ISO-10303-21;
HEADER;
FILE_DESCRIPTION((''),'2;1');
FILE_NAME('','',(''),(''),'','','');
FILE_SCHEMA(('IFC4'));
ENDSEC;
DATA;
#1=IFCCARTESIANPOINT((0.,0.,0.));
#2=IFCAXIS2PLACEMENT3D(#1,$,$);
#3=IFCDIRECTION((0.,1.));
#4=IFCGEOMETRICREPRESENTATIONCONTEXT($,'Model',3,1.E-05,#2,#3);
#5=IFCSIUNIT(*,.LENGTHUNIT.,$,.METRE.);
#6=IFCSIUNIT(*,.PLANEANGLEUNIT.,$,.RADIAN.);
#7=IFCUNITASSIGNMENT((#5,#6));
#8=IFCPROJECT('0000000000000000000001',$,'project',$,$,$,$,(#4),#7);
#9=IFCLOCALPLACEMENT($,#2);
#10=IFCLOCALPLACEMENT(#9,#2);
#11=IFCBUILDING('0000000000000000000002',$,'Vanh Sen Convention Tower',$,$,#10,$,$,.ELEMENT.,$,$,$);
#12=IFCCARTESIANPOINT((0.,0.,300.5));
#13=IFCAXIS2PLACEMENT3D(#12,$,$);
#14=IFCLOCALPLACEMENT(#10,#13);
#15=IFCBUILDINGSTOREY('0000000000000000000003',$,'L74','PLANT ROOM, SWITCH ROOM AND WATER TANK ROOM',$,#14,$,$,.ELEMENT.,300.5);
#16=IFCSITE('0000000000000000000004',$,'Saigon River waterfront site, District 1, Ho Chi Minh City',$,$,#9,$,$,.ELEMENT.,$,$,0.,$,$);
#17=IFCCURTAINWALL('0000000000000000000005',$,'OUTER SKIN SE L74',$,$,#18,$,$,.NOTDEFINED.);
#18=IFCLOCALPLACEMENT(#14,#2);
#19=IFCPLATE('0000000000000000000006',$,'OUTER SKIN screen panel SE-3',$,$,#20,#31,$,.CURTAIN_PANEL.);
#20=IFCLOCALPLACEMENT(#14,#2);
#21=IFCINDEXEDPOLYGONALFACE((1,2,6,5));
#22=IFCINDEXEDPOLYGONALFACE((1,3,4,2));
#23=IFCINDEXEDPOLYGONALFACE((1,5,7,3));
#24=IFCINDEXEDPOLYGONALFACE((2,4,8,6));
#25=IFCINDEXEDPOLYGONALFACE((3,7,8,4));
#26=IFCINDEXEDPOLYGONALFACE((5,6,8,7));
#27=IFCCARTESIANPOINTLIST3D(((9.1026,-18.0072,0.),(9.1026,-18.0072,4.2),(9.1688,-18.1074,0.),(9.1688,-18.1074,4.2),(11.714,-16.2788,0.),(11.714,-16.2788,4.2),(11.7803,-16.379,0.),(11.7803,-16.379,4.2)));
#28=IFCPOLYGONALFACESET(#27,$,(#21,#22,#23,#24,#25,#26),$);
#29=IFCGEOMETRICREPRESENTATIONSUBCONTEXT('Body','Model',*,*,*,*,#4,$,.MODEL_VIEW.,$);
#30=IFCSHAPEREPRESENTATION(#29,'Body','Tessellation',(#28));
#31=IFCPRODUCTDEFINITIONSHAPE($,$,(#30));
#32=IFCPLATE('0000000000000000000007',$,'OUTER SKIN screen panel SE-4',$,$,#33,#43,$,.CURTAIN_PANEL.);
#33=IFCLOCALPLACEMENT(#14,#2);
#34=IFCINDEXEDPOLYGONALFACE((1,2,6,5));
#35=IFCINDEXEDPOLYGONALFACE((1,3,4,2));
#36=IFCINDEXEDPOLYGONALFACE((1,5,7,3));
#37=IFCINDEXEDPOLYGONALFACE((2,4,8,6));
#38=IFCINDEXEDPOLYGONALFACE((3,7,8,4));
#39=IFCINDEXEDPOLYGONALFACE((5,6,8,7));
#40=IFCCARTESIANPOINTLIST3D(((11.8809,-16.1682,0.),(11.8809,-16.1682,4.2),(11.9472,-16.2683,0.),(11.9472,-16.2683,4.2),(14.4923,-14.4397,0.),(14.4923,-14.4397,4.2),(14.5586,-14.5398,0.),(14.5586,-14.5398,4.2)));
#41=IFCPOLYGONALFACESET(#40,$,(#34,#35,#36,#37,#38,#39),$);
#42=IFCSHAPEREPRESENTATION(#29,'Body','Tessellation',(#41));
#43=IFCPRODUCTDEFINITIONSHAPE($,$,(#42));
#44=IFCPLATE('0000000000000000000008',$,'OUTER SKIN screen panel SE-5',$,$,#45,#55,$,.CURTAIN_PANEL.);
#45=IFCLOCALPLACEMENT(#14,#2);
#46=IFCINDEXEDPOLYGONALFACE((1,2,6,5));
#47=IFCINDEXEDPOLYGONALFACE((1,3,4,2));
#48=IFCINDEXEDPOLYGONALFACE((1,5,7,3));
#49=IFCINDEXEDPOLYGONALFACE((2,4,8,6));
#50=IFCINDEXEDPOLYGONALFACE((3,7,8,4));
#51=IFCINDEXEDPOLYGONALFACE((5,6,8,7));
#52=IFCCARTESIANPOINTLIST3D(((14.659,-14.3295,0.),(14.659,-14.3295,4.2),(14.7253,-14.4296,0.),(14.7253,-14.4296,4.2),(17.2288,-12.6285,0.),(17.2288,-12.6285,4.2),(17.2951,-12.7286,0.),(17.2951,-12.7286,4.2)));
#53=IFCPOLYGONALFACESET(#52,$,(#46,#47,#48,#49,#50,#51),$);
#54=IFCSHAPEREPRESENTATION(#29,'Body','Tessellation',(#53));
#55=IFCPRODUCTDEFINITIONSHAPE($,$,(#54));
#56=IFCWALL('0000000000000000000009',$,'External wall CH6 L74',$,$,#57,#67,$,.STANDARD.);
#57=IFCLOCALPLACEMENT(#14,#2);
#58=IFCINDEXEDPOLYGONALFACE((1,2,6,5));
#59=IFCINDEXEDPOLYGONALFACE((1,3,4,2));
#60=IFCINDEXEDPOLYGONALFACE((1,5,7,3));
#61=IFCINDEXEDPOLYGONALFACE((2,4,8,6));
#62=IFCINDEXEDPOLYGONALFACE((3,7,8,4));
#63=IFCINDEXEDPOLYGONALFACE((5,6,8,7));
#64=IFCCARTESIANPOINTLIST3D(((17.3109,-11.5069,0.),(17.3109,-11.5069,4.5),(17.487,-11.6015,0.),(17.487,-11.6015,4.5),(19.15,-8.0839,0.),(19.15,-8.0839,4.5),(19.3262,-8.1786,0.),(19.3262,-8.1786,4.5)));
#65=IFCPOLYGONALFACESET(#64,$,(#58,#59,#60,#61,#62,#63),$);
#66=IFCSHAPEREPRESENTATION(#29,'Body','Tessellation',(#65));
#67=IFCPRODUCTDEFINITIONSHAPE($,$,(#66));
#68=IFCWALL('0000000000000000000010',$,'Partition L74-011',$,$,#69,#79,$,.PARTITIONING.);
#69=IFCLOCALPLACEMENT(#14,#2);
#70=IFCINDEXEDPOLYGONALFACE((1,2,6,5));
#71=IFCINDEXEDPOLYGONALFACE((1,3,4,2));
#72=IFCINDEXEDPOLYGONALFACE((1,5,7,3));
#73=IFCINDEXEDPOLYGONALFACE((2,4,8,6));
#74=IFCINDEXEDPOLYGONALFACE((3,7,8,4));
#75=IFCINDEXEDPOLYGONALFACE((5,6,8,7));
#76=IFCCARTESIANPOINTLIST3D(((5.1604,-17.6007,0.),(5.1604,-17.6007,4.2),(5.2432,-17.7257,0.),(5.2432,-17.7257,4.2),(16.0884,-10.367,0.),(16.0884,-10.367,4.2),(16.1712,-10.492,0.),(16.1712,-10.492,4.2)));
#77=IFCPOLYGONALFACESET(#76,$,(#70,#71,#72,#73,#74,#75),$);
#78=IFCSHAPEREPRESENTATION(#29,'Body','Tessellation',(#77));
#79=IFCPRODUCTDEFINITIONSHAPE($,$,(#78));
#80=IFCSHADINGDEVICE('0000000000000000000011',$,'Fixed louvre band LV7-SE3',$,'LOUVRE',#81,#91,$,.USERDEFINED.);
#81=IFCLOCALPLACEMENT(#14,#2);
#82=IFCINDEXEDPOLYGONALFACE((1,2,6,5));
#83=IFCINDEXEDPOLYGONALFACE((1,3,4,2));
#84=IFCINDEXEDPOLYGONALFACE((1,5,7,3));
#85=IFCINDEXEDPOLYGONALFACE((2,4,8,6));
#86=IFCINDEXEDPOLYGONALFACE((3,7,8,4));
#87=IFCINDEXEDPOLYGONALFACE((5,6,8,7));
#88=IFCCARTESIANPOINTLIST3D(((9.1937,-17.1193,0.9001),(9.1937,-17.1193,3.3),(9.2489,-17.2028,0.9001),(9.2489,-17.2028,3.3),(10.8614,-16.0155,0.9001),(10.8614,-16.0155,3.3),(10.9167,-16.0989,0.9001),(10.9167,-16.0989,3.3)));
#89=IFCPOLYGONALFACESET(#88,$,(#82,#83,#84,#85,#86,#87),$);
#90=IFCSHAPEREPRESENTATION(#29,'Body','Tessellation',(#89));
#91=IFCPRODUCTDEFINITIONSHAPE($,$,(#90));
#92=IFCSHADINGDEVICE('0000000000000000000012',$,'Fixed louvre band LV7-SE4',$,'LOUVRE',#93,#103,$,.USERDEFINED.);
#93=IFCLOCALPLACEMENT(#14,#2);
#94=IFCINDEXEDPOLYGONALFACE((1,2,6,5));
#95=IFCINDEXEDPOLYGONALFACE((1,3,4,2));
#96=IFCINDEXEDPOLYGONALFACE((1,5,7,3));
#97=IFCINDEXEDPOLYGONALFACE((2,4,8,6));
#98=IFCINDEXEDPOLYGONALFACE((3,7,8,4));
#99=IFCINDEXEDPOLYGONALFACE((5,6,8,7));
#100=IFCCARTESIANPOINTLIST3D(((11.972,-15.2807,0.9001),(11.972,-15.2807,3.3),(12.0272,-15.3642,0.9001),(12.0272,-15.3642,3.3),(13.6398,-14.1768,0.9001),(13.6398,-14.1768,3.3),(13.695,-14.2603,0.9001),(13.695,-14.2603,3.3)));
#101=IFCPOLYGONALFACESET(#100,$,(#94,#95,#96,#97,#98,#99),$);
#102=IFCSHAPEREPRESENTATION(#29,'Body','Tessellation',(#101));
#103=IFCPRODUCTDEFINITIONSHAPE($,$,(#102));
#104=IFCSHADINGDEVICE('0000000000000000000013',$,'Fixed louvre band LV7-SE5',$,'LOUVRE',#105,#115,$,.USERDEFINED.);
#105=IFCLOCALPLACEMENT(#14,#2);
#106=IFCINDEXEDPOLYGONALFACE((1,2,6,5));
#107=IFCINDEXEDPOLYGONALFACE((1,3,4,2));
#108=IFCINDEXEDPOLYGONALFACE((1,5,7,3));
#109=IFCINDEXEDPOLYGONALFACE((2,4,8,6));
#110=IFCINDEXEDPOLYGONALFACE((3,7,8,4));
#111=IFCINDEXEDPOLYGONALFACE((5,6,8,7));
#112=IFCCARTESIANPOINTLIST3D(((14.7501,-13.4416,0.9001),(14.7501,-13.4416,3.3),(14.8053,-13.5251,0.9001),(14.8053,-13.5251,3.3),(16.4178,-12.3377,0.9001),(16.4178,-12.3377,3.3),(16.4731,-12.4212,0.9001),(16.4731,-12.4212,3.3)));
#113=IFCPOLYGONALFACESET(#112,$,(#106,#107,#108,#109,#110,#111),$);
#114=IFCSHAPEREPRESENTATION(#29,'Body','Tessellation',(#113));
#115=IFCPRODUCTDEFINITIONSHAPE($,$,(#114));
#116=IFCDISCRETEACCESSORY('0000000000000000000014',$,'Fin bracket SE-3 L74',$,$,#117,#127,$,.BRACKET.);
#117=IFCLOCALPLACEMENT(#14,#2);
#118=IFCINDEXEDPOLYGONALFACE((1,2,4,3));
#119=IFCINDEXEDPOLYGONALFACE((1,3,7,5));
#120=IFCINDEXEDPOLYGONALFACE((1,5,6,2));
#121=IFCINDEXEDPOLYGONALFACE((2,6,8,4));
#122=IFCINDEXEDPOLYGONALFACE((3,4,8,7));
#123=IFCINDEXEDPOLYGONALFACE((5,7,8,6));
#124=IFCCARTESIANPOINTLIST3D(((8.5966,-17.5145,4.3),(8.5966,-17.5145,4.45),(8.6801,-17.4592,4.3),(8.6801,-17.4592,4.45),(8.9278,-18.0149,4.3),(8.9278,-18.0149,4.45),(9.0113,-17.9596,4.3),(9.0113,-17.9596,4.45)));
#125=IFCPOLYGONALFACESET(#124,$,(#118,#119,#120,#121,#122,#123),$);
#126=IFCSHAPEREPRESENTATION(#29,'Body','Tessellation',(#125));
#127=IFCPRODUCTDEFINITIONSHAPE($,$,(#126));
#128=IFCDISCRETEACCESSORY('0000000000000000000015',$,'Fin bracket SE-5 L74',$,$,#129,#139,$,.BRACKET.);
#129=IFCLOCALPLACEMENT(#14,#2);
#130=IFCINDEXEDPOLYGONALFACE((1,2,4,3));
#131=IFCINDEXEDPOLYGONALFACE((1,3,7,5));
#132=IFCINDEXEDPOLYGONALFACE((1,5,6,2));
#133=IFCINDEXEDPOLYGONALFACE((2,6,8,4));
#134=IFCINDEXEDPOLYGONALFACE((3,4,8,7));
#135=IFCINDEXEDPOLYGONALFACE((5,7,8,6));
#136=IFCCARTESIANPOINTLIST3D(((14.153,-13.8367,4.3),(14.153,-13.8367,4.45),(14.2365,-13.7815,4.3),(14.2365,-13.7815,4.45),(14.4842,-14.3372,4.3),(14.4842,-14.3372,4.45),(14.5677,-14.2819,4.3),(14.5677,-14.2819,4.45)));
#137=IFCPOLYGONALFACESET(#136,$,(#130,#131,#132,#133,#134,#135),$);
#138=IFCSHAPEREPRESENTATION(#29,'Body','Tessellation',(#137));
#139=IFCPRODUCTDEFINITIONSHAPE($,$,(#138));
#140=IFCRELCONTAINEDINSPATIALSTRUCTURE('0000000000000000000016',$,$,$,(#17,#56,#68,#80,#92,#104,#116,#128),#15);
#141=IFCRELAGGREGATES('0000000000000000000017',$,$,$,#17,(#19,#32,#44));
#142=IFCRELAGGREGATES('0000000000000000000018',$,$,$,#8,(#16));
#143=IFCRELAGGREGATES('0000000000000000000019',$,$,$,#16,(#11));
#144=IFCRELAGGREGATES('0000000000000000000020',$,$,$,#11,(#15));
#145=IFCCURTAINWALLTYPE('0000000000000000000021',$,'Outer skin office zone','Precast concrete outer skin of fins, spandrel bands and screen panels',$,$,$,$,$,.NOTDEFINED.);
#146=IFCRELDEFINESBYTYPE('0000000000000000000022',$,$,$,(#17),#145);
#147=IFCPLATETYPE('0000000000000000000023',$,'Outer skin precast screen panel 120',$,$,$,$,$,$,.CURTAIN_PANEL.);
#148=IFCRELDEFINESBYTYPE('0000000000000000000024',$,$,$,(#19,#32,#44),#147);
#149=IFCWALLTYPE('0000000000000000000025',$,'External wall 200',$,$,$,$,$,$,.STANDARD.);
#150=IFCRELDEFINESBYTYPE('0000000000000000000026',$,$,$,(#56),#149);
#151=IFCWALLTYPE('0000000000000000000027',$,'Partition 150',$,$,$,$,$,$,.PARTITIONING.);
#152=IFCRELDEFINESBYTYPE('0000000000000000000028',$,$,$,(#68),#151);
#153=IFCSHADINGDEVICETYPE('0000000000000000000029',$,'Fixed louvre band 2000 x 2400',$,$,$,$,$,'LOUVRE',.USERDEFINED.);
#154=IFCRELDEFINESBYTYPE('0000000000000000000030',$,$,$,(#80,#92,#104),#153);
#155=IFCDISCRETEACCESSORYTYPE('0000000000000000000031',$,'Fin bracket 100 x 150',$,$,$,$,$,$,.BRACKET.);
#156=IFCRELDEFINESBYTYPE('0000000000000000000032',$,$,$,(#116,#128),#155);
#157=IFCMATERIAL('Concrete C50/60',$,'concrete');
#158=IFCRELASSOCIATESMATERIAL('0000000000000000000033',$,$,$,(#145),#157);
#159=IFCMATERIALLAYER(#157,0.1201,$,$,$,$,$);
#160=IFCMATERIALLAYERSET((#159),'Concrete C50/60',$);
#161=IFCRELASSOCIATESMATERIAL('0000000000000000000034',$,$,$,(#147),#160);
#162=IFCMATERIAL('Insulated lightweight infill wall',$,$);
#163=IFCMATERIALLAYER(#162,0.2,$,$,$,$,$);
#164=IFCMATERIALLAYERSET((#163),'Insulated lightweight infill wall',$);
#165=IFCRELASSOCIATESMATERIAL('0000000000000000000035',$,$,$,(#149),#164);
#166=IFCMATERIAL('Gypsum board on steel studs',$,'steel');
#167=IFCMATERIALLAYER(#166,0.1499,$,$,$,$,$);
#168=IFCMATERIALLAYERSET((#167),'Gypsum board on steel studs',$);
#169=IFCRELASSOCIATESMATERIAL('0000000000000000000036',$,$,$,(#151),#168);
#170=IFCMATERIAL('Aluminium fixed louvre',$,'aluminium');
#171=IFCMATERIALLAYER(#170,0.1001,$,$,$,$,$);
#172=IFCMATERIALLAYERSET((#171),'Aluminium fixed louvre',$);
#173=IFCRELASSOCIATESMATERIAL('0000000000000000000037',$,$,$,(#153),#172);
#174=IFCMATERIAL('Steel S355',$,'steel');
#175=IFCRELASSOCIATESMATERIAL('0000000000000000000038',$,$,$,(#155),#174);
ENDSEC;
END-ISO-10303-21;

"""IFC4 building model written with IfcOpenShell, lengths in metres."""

from ifc_helpers import new_model, si_unit, direction, frame, frame_2d, origin, origin_2d, place, context, subcontext, project, spatial, rectangle, extrude, material, layer, layer_set, type_object, element, aggregate, save


model = new_model("IFC4")

# Units and contexts
model_context = context("Model", 3, precision=1e-05, world=origin(), true_north=direction((0.0, 1.0)))
body_context = subcontext(model_context, "Body", "Model", "MODEL_VIEW")
ifc_project = project(units=[si_unit("LENGTHUNIT", "METRE"), si_unit("PLANEANGLEUNIT", "RADIAN")], contexts=[model_context])

# Site, building, storey
site_placement = place(None, origin())
site = spatial("IfcSite", under=ifc_project, at=site_placement, Name="Saigon River waterfront site, District 1, Ho Chi Minh City", CompositionType="ELEMENT", RefElevation=0.0)
building_placement = place(site_placement, origin())
building = spatial("IfcBuilding", under=site, at=building_placement, Name="Vanh Sen Convention Tower", CompositionType="ELEMENT")
storey_placement = place(building_placement, frame((0.0, 0.0, 300.5)))
storey = spatial("IfcBuildingStorey", under=building, at=storey_placement, Name="L74", Description="PLANT ROOM, SWITCH ROOM AND WATER TANK ROOM", CompositionType="ELEMENT", Elevation=300.5)

# Curtain wall
ifc_material_1 = material(Name="Concrete C50/60", Category="concrete")
curtain_wall_type = type_object("IfcCurtainWallType", Name="Outer skin office zone", Description="Precast concrete outer skin of fins, spandrel bands and screen panels", PredefinedType="NOTDEFINED", material=ifc_material_1)
curtain_wall_1_placement = place(storey_placement, origin())
curtain_wall_1 = element("IfcCurtainWall", 1, at=curtain_wall_1_placement, inside=storey, type_object=curtain_wall_type, Name="OUTER SKIN SE L74", PredefinedType="NOTDEFINED")

# Plates
ifc_layer_1 = layer(ifc_material_1, 0.1201)
ifc_layer_set_1 = layer_set([ifc_layer_1], Name="Concrete C50/60")
plate_type = type_object("IfcPlateType", Name="Outer skin precast screen panel 120", PredefinedType="CURTAIN_PANEL", material=ifc_layer_set_1)
plate_1_placement = place(storey_placement, frame((10.4414, -17.1931, 0.0), z_axis=(0.0, 0.0, 1.0), x_axis=(0.833893, 0.551927, 0.0)))
plate_1 = element("IfcPlate", 2, at=plate_1_placement, type_object=plate_type, Name="OUTER SKIN screen panel SE-3", PredefinedType="CURTAIN_PANEL", context=body_context, shape_type="SweptSolid", body=[
    extrude(rectangle(XDim=3.1316, YDim=0.1201, at=origin_2d()), origin(), (0.0, 0.0, 1.0), 4.2),
])
plate_2_placement = place(storey_placement, frame((13.2197, -15.354, 0.0), z_axis=(0.0, 0.0, 1.0), x_axis=(0.833879, 0.551947, 0.0)))
plate_2 = element("IfcPlate", 3, at=plate_2_placement, type_object=plate_type, Name="OUTER SKIN screen panel SE-4", PredefinedType="CURTAIN_PANEL", context=body_context, shape_type="SweptSolid", body=[
    extrude(rectangle(XDim=3.1316, YDim=0.1201, at=origin_2d()), origin(), (0.0, 0.0, 1.0), 4.2),
])
plate_3_placement = place(storey_placement, frame((15.9771, -13.5291, 0.0), z_axis=(0.0, 0.0, 1.0), x_axis=(0.833879, 0.551947, 0.0)))
plate_3 = element("IfcPlate", 4, at=plate_3_placement, type_object=plate_type, Name="OUTER SKIN screen panel SE-5", PredefinedType="CURTAIN_PANEL", context=body_context, shape_type="SweptSolid", body=[
    extrude(rectangle(XDim=3.0818, YDim=0.1201, at=origin_2d()), origin(), (0.0, 0.0, 1.0), 4.2),
])
aggregate(curtain_wall_1, [plate_1, plate_2, plate_3])

# Walls
ifc_material_2 = material(Name="Insulated lightweight infill wall")
ifc_layer_2 = layer(ifc_material_2, 0.2)
ifc_layer_set_2 = layer_set([ifc_layer_2], Name="Insulated lightweight infill wall")
wall_type_1 = type_object("IfcWallType", Name="External wall 200", PredefinedType="STANDARD", material=ifc_layer_set_2)
wall_1_placement = place(storey_placement, frame((17.3989, -11.5542, 0.0), z_axis=(0.0, 0.0, 1.0), x_axis=(0.473309, 0.880896, 0.0)))
element("IfcWall", 5, at=wall_1_placement, inside=storey, type_object=wall_type_1, Name="External wall CH6 L74", PredefinedType="STANDARD", context=body_context, shape_type="SweptSolid", body=[
    extrude(rectangle(XDim=3.8857, YDim=0.2, at=frame_2d((1.9429, 0.0))), origin(), (0.0, 0.0, 1.0), 4.5),
])
ifc_material_3 = material(Name="Gypsum board on steel studs", Category="steel")
ifc_layer_3 = layer(ifc_material_3, 0.1499)
ifc_layer_set_3 = layer_set([ifc_layer_3], Name="Gypsum board on steel studs")
wall_type_2 = type_object("IfcWallType", Name="Partition 150", PredefinedType="PARTITIONING", material=ifc_layer_set_3)
wall_2_placement = place(storey_placement, frame((16.1299, -10.4294, 0.0), z_axis=(0.0, 0.0, 1.0), x_axis=(-0.833866, -0.551967, 0.0)))
element("IfcWall", 6, at=wall_2_placement, inside=storey, type_object=wall_type_2, Name="Partition L74-011", PredefinedType="PARTITIONING", context=body_context, shape_type="SweptSolid", body=[
    extrude(rectangle(XDim=13.1052, YDim=0.1499, at=frame_2d((6.5527, 0.0))), origin(), (0.0, 0.0, 1.0), 4.2),
])

# Shading devices
ifc_material_4 = material(Name="Aluminium fixed louvre", Category="aluminium")
ifc_layer_4 = layer(ifc_material_4, 0.1001)
ifc_layer_set_4 = layer_set([ifc_layer_4], Name="Aluminium fixed louvre")
shading_device_type = type_object("IfcShadingDeviceType", Name="Fixed louvre band 2000 x 2400", ElementType="LOUVRE", PredefinedType="USERDEFINED", material=ifc_layer_set_4)
for number, where, z_axis, x_axis, name in (
    (7, (10.0552, -16.6091, 0.9001), (0.0, 0.0, 1.0), (0.833885, 0.551938, 0.0), "Fixed louvre band LV7-SE3"),
    (8, (12.8335, -14.7705, 0.9001), (0.0, 0.0, 1.0), (0.833885, 0.551938, 0.0), "Fixed louvre band LV7-SE4"),
    (9, (15.6116, -12.9314, 0.9001), (0.0, 0.0, 1.0), (0.833885, 0.551938, 0.0), "Fixed louvre band LV7-SE5"),
):
    element("IfcShadingDevice", number, at=place(storey_placement, frame(where, z_axis=z_axis, x_axis=x_axis)), inside=storey, type_object=shading_device_type, Name=name, ObjectType="LOUVRE", PredefinedType="USERDEFINED", context=body_context, shape_type="SweptSolid", body=[
        extrude(rectangle(XDim=2.0, YDim=0.1001, at=origin_2d()), origin(), (0.0, 0.0, 1.0), 2.3999),
    ])

# Discrete accessories
ifc_material_5 = material(Name="Steel S355", Category="steel")
discrete_accessory_type = type_object("IfcDiscreteAccessoryType", Name="Fin bracket 100 x 150", PredefinedType="BRACKET", material=ifc_material_5)
for number, where, z_axis, x_axis, name in (
    (10, (8.804, -17.7371, 4.3), (0.0, 0.0, 1.0), (0.551937, -0.833886, 0.0), "Fin bracket SE-3 L74"),
    (11, (14.3604, -14.0593, 4.3), (0.0, 0.0, 1.0), (0.551937, -0.833886, 0.0), "Fin bracket SE-5 L74"),
):
    element("IfcDiscreteAccessory", number, at=place(storey_placement, frame(where, z_axis=z_axis, x_axis=x_axis)), inside=storey, type_object=discrete_accessory_type, Name=name, PredefinedType="BRACKET", context=body_context, shape_type="SweptSolid", body=[
        extrude(rectangle(XDim=0.6001, YDim=0.1001, at=origin_2d()), origin(), (0.0, 0.0, 1.0), 0.1499),
    ])

save(model, "model.ifc")
